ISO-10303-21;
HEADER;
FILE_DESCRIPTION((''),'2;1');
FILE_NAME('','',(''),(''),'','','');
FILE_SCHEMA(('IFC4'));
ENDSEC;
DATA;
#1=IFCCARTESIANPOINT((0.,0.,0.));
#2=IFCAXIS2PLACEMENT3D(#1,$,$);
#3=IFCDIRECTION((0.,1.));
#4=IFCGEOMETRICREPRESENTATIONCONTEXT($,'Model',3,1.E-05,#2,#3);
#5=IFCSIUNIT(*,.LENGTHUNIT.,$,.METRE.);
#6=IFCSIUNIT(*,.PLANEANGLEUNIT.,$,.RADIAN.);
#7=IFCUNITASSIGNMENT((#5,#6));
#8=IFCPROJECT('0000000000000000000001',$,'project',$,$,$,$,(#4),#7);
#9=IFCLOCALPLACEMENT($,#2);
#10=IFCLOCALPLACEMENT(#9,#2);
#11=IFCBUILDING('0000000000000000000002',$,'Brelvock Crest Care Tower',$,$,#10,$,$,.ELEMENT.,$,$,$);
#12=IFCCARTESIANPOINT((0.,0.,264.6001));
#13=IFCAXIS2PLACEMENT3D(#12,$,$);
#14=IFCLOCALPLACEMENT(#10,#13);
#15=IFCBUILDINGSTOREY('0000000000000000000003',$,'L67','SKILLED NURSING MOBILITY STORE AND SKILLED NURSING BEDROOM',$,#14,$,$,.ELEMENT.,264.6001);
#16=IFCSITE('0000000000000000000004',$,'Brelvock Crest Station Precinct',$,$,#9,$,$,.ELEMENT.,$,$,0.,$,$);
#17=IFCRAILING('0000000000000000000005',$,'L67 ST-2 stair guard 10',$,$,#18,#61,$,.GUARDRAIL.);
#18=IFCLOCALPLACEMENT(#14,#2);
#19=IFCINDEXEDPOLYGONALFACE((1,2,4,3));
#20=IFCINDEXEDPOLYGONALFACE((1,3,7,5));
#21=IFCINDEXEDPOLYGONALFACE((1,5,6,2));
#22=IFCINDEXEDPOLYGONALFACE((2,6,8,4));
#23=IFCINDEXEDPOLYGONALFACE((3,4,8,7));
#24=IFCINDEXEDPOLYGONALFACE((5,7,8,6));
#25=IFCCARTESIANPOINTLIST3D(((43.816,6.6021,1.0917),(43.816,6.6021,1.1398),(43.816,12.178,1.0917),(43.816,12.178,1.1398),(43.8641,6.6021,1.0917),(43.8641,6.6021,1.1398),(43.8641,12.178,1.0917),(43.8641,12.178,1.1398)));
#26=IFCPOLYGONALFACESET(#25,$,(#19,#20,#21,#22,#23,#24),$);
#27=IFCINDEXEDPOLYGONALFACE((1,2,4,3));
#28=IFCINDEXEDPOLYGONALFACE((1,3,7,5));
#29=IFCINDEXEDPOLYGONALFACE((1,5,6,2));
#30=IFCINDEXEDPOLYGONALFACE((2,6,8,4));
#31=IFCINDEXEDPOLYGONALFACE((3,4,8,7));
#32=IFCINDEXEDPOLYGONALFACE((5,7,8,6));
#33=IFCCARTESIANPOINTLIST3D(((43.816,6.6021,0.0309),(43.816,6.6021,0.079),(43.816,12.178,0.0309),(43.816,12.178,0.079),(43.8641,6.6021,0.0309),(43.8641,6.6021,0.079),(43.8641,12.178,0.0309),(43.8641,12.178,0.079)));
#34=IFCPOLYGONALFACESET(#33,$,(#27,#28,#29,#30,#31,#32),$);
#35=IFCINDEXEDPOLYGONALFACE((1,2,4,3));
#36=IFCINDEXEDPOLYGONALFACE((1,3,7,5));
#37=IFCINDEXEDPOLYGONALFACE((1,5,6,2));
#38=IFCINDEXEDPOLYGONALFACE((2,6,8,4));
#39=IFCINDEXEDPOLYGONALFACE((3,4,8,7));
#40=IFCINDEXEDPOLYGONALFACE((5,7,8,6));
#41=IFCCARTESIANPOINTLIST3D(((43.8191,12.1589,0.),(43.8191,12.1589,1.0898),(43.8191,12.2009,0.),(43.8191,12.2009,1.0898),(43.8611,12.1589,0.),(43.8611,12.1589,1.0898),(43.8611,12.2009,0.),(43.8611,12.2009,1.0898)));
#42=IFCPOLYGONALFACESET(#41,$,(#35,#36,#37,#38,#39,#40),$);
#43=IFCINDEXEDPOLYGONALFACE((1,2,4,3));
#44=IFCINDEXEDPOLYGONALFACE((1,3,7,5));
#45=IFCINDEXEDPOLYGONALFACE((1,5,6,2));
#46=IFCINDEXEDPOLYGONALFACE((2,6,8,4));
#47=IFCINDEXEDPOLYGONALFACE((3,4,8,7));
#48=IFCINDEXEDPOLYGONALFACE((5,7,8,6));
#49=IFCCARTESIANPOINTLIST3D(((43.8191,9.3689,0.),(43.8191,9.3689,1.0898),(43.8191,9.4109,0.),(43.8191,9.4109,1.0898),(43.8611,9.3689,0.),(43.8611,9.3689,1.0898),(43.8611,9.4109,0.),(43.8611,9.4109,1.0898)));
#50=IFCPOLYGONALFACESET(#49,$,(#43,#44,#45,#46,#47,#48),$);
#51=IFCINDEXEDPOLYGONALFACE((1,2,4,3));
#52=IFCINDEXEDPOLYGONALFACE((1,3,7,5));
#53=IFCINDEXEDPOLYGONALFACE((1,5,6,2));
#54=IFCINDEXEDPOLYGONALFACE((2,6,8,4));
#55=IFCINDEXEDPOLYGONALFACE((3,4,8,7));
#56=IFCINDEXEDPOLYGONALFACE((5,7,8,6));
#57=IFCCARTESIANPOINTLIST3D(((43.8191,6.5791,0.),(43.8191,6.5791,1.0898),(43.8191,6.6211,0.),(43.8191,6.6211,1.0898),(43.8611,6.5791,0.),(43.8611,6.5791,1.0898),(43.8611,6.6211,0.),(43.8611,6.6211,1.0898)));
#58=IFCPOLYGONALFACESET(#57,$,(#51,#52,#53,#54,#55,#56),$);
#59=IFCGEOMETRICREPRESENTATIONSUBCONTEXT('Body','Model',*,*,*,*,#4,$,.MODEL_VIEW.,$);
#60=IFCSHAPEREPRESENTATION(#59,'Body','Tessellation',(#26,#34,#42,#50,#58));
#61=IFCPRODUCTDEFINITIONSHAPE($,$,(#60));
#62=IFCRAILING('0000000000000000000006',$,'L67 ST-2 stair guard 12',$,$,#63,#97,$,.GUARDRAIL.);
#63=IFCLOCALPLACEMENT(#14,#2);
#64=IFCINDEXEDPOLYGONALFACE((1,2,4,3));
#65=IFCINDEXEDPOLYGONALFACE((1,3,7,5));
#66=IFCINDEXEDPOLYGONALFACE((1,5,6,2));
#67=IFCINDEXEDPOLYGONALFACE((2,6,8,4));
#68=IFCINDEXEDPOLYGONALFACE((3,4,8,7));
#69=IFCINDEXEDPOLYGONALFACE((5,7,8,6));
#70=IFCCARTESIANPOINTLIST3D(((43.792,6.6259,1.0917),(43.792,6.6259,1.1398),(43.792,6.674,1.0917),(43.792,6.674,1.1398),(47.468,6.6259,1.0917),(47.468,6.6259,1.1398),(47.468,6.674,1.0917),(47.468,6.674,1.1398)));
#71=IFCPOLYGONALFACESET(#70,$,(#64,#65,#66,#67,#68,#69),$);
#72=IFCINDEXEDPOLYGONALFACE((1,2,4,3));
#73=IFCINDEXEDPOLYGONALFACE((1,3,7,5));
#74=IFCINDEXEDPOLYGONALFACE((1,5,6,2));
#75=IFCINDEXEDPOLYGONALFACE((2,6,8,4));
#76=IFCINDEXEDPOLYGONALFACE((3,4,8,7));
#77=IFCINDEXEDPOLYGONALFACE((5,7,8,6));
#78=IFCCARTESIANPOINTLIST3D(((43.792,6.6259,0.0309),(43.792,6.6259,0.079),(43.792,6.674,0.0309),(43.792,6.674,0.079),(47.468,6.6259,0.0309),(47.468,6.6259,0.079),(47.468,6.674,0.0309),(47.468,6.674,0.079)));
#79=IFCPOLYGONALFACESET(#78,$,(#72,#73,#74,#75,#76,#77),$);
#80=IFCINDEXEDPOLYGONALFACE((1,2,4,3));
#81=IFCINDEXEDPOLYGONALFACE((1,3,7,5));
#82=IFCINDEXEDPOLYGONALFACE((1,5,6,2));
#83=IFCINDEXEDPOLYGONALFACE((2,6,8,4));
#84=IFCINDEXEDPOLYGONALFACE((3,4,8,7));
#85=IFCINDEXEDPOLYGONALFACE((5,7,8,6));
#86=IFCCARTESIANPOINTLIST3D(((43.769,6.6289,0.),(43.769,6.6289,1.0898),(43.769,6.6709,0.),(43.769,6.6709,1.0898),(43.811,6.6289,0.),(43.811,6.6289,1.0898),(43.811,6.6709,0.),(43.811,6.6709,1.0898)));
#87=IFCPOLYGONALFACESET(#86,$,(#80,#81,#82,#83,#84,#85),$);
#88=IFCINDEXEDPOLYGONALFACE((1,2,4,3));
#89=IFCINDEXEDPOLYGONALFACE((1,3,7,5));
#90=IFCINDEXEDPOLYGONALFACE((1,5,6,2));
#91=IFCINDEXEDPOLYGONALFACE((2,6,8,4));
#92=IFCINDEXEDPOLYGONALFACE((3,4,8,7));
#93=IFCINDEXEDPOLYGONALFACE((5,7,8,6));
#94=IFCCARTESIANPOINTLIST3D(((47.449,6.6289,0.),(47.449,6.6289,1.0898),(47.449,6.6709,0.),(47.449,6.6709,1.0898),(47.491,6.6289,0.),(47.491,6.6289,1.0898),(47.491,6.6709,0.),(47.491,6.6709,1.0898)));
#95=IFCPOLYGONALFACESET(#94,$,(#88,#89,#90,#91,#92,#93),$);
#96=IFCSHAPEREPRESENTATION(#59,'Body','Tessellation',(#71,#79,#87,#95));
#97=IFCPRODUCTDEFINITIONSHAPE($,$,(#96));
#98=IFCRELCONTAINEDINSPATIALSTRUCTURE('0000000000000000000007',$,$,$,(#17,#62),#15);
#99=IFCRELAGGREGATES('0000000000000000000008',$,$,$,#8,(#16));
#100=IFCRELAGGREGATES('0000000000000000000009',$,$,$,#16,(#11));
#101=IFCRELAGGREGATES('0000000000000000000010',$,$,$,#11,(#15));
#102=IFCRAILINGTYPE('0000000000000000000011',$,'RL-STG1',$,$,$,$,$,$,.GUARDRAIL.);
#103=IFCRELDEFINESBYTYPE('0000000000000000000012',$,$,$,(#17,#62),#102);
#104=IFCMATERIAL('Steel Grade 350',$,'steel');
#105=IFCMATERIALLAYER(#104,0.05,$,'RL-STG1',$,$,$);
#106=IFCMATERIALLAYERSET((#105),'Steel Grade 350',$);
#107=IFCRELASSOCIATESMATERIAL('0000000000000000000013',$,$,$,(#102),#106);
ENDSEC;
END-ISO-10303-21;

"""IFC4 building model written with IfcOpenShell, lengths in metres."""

from ifc_helpers import new_model, si_unit, direction, frame, origin, origin_2d, place, context, subcontext, project, spatial, rectangle, extrude, material, layer, layer_set, type_object, element, save


model = new_model("IFC4")

# Units and contexts
model_context = context("Model", 3, precision=1e-05, world=origin(), true_north=direction((0.0, 1.0)))
body_context = subcontext(model_context, "Body", "Model", "MODEL_VIEW")
ifc_project = project(units=[si_unit("LENGTHUNIT", "METRE"), si_unit("PLANEANGLEUNIT", "RADIAN")], contexts=[model_context])

# Site, building, storey
site_placement = place(None, origin())
site = spatial("IfcSite", under=ifc_project, at=site_placement, Name="Brelvock Crest Station Precinct", CompositionType="ELEMENT", RefElevation=0.0)
building_placement = place(site_placement, origin())
building = spatial("IfcBuilding", under=site, at=building_placement, Name="Brelvock Crest Care Tower", CompositionType="ELEMENT")
storey_placement = place(building_placement, frame((0.0, 0.0, 264.6001)))
storey = spatial("IfcBuildingStorey", under=building, at=storey_placement, Name="L67", Description="SKILLED NURSING MOBILITY STORE AND SKILLED NURSING BEDROOM", CompositionType="ELEMENT", Elevation=264.6001)

# Shared definitions
ifc_material_1 = material(Name="Steel Grade 350", Category="steel")

# Railings
ifc_layer_1 = layer(ifc_material_1, 0.05, Name="RL-STG1")
ifc_layer_set_1 = layer_set([ifc_layer_1], Name="Steel Grade 350")
railing_type = type_object("IfcRailingType", Name="RL-STG1", PredefinedType="GUARDRAIL", material=ifc_layer_set_1)
railing_1_placement = place(storey_placement, frame((43.8401, 12.1799, 0.0)))
element("IfcRailing", 1, at=railing_1_placement, inside=storey, type_object=railing_type, Name="L67 ST-2 stair guard 10", PredefinedType="GUARDRAIL", context=body_context, shape_type="SweptSolid", body=[
    extrude(rectangle(XDim=0.0481, YDim=0.0481, at=origin_2d()), frame((0.0, -0.002, 1.1157), z_axis=(0.0, -1.0, 0.0), x_axis=(1.0, 0.0, 0.0)), (0.0, 0.0, 1.0), 5.5759),
    extrude(rectangle(XDim=0.0481, YDim=0.0481, at=origin_2d()), frame((0.0, -0.002, 0.0549), z_axis=(0.0, -1.0, 0.0), x_axis=(1.0, 0.0, 0.0)), (0.0, 0.0, 1.0), 5.5759),
    extrude(rectangle(XDim=0.042, YDim=0.042, at=origin_2d()), origin(), (0.0, 0.0, 1.0), 1.0898),
    extrude(rectangle(XDim=0.042, YDim=0.042, at=origin_2d()), frame((0.0, -2.79, 0.0)), (0.0, 0.0, 1.0), 1.0898),
    extrude(rectangle(XDim=0.042, YDim=0.042, at=origin_2d()), frame((0.0, -5.5798, 0.0)), (0.0, 0.0, 1.0), 1.0898),
])
railing_2_placement = place(storey_placement, frame((43.79, 6.6499, 0.0)))
element("IfcRailing", 2, at=railing_2_placement, inside=storey, type_object=railing_type, Name="L67 ST-2 stair guard 12", PredefinedType="GUARDRAIL", context=body_context, shape_type="SweptSolid", body=[
    extrude(rectangle(XDim=0.0481, YDim=0.0481, at=origin_2d()), frame((0.002, 0.0, 1.1157), z_axis=(1.0, 0.0, 0.0), x_axis=(0.0, 1.0, 0.0)), (0.0, 0.0, 1.0), 3.676),
    extrude(rectangle(XDim=0.0481, YDim=0.0481, at=origin_2d()), frame((0.002, 0.0, 0.0549), z_axis=(1.0, 0.0, 0.0), x_axis=(0.0, 1.0, 0.0)), (0.0, 0.0, 1.0), 3.676),
    extrude(rectangle(XDim=0.042, YDim=0.042, at=origin_2d()), origin(), (0.0, 0.0, 1.0), 1.0898),
    extrude(rectangle(XDim=0.042, YDim=0.042, at=origin_2d()), frame((3.6799, 0.0, 0.0)), (0.0, 0.0, 1.0), 1.0898),
])

save(model, "model.ifc")
